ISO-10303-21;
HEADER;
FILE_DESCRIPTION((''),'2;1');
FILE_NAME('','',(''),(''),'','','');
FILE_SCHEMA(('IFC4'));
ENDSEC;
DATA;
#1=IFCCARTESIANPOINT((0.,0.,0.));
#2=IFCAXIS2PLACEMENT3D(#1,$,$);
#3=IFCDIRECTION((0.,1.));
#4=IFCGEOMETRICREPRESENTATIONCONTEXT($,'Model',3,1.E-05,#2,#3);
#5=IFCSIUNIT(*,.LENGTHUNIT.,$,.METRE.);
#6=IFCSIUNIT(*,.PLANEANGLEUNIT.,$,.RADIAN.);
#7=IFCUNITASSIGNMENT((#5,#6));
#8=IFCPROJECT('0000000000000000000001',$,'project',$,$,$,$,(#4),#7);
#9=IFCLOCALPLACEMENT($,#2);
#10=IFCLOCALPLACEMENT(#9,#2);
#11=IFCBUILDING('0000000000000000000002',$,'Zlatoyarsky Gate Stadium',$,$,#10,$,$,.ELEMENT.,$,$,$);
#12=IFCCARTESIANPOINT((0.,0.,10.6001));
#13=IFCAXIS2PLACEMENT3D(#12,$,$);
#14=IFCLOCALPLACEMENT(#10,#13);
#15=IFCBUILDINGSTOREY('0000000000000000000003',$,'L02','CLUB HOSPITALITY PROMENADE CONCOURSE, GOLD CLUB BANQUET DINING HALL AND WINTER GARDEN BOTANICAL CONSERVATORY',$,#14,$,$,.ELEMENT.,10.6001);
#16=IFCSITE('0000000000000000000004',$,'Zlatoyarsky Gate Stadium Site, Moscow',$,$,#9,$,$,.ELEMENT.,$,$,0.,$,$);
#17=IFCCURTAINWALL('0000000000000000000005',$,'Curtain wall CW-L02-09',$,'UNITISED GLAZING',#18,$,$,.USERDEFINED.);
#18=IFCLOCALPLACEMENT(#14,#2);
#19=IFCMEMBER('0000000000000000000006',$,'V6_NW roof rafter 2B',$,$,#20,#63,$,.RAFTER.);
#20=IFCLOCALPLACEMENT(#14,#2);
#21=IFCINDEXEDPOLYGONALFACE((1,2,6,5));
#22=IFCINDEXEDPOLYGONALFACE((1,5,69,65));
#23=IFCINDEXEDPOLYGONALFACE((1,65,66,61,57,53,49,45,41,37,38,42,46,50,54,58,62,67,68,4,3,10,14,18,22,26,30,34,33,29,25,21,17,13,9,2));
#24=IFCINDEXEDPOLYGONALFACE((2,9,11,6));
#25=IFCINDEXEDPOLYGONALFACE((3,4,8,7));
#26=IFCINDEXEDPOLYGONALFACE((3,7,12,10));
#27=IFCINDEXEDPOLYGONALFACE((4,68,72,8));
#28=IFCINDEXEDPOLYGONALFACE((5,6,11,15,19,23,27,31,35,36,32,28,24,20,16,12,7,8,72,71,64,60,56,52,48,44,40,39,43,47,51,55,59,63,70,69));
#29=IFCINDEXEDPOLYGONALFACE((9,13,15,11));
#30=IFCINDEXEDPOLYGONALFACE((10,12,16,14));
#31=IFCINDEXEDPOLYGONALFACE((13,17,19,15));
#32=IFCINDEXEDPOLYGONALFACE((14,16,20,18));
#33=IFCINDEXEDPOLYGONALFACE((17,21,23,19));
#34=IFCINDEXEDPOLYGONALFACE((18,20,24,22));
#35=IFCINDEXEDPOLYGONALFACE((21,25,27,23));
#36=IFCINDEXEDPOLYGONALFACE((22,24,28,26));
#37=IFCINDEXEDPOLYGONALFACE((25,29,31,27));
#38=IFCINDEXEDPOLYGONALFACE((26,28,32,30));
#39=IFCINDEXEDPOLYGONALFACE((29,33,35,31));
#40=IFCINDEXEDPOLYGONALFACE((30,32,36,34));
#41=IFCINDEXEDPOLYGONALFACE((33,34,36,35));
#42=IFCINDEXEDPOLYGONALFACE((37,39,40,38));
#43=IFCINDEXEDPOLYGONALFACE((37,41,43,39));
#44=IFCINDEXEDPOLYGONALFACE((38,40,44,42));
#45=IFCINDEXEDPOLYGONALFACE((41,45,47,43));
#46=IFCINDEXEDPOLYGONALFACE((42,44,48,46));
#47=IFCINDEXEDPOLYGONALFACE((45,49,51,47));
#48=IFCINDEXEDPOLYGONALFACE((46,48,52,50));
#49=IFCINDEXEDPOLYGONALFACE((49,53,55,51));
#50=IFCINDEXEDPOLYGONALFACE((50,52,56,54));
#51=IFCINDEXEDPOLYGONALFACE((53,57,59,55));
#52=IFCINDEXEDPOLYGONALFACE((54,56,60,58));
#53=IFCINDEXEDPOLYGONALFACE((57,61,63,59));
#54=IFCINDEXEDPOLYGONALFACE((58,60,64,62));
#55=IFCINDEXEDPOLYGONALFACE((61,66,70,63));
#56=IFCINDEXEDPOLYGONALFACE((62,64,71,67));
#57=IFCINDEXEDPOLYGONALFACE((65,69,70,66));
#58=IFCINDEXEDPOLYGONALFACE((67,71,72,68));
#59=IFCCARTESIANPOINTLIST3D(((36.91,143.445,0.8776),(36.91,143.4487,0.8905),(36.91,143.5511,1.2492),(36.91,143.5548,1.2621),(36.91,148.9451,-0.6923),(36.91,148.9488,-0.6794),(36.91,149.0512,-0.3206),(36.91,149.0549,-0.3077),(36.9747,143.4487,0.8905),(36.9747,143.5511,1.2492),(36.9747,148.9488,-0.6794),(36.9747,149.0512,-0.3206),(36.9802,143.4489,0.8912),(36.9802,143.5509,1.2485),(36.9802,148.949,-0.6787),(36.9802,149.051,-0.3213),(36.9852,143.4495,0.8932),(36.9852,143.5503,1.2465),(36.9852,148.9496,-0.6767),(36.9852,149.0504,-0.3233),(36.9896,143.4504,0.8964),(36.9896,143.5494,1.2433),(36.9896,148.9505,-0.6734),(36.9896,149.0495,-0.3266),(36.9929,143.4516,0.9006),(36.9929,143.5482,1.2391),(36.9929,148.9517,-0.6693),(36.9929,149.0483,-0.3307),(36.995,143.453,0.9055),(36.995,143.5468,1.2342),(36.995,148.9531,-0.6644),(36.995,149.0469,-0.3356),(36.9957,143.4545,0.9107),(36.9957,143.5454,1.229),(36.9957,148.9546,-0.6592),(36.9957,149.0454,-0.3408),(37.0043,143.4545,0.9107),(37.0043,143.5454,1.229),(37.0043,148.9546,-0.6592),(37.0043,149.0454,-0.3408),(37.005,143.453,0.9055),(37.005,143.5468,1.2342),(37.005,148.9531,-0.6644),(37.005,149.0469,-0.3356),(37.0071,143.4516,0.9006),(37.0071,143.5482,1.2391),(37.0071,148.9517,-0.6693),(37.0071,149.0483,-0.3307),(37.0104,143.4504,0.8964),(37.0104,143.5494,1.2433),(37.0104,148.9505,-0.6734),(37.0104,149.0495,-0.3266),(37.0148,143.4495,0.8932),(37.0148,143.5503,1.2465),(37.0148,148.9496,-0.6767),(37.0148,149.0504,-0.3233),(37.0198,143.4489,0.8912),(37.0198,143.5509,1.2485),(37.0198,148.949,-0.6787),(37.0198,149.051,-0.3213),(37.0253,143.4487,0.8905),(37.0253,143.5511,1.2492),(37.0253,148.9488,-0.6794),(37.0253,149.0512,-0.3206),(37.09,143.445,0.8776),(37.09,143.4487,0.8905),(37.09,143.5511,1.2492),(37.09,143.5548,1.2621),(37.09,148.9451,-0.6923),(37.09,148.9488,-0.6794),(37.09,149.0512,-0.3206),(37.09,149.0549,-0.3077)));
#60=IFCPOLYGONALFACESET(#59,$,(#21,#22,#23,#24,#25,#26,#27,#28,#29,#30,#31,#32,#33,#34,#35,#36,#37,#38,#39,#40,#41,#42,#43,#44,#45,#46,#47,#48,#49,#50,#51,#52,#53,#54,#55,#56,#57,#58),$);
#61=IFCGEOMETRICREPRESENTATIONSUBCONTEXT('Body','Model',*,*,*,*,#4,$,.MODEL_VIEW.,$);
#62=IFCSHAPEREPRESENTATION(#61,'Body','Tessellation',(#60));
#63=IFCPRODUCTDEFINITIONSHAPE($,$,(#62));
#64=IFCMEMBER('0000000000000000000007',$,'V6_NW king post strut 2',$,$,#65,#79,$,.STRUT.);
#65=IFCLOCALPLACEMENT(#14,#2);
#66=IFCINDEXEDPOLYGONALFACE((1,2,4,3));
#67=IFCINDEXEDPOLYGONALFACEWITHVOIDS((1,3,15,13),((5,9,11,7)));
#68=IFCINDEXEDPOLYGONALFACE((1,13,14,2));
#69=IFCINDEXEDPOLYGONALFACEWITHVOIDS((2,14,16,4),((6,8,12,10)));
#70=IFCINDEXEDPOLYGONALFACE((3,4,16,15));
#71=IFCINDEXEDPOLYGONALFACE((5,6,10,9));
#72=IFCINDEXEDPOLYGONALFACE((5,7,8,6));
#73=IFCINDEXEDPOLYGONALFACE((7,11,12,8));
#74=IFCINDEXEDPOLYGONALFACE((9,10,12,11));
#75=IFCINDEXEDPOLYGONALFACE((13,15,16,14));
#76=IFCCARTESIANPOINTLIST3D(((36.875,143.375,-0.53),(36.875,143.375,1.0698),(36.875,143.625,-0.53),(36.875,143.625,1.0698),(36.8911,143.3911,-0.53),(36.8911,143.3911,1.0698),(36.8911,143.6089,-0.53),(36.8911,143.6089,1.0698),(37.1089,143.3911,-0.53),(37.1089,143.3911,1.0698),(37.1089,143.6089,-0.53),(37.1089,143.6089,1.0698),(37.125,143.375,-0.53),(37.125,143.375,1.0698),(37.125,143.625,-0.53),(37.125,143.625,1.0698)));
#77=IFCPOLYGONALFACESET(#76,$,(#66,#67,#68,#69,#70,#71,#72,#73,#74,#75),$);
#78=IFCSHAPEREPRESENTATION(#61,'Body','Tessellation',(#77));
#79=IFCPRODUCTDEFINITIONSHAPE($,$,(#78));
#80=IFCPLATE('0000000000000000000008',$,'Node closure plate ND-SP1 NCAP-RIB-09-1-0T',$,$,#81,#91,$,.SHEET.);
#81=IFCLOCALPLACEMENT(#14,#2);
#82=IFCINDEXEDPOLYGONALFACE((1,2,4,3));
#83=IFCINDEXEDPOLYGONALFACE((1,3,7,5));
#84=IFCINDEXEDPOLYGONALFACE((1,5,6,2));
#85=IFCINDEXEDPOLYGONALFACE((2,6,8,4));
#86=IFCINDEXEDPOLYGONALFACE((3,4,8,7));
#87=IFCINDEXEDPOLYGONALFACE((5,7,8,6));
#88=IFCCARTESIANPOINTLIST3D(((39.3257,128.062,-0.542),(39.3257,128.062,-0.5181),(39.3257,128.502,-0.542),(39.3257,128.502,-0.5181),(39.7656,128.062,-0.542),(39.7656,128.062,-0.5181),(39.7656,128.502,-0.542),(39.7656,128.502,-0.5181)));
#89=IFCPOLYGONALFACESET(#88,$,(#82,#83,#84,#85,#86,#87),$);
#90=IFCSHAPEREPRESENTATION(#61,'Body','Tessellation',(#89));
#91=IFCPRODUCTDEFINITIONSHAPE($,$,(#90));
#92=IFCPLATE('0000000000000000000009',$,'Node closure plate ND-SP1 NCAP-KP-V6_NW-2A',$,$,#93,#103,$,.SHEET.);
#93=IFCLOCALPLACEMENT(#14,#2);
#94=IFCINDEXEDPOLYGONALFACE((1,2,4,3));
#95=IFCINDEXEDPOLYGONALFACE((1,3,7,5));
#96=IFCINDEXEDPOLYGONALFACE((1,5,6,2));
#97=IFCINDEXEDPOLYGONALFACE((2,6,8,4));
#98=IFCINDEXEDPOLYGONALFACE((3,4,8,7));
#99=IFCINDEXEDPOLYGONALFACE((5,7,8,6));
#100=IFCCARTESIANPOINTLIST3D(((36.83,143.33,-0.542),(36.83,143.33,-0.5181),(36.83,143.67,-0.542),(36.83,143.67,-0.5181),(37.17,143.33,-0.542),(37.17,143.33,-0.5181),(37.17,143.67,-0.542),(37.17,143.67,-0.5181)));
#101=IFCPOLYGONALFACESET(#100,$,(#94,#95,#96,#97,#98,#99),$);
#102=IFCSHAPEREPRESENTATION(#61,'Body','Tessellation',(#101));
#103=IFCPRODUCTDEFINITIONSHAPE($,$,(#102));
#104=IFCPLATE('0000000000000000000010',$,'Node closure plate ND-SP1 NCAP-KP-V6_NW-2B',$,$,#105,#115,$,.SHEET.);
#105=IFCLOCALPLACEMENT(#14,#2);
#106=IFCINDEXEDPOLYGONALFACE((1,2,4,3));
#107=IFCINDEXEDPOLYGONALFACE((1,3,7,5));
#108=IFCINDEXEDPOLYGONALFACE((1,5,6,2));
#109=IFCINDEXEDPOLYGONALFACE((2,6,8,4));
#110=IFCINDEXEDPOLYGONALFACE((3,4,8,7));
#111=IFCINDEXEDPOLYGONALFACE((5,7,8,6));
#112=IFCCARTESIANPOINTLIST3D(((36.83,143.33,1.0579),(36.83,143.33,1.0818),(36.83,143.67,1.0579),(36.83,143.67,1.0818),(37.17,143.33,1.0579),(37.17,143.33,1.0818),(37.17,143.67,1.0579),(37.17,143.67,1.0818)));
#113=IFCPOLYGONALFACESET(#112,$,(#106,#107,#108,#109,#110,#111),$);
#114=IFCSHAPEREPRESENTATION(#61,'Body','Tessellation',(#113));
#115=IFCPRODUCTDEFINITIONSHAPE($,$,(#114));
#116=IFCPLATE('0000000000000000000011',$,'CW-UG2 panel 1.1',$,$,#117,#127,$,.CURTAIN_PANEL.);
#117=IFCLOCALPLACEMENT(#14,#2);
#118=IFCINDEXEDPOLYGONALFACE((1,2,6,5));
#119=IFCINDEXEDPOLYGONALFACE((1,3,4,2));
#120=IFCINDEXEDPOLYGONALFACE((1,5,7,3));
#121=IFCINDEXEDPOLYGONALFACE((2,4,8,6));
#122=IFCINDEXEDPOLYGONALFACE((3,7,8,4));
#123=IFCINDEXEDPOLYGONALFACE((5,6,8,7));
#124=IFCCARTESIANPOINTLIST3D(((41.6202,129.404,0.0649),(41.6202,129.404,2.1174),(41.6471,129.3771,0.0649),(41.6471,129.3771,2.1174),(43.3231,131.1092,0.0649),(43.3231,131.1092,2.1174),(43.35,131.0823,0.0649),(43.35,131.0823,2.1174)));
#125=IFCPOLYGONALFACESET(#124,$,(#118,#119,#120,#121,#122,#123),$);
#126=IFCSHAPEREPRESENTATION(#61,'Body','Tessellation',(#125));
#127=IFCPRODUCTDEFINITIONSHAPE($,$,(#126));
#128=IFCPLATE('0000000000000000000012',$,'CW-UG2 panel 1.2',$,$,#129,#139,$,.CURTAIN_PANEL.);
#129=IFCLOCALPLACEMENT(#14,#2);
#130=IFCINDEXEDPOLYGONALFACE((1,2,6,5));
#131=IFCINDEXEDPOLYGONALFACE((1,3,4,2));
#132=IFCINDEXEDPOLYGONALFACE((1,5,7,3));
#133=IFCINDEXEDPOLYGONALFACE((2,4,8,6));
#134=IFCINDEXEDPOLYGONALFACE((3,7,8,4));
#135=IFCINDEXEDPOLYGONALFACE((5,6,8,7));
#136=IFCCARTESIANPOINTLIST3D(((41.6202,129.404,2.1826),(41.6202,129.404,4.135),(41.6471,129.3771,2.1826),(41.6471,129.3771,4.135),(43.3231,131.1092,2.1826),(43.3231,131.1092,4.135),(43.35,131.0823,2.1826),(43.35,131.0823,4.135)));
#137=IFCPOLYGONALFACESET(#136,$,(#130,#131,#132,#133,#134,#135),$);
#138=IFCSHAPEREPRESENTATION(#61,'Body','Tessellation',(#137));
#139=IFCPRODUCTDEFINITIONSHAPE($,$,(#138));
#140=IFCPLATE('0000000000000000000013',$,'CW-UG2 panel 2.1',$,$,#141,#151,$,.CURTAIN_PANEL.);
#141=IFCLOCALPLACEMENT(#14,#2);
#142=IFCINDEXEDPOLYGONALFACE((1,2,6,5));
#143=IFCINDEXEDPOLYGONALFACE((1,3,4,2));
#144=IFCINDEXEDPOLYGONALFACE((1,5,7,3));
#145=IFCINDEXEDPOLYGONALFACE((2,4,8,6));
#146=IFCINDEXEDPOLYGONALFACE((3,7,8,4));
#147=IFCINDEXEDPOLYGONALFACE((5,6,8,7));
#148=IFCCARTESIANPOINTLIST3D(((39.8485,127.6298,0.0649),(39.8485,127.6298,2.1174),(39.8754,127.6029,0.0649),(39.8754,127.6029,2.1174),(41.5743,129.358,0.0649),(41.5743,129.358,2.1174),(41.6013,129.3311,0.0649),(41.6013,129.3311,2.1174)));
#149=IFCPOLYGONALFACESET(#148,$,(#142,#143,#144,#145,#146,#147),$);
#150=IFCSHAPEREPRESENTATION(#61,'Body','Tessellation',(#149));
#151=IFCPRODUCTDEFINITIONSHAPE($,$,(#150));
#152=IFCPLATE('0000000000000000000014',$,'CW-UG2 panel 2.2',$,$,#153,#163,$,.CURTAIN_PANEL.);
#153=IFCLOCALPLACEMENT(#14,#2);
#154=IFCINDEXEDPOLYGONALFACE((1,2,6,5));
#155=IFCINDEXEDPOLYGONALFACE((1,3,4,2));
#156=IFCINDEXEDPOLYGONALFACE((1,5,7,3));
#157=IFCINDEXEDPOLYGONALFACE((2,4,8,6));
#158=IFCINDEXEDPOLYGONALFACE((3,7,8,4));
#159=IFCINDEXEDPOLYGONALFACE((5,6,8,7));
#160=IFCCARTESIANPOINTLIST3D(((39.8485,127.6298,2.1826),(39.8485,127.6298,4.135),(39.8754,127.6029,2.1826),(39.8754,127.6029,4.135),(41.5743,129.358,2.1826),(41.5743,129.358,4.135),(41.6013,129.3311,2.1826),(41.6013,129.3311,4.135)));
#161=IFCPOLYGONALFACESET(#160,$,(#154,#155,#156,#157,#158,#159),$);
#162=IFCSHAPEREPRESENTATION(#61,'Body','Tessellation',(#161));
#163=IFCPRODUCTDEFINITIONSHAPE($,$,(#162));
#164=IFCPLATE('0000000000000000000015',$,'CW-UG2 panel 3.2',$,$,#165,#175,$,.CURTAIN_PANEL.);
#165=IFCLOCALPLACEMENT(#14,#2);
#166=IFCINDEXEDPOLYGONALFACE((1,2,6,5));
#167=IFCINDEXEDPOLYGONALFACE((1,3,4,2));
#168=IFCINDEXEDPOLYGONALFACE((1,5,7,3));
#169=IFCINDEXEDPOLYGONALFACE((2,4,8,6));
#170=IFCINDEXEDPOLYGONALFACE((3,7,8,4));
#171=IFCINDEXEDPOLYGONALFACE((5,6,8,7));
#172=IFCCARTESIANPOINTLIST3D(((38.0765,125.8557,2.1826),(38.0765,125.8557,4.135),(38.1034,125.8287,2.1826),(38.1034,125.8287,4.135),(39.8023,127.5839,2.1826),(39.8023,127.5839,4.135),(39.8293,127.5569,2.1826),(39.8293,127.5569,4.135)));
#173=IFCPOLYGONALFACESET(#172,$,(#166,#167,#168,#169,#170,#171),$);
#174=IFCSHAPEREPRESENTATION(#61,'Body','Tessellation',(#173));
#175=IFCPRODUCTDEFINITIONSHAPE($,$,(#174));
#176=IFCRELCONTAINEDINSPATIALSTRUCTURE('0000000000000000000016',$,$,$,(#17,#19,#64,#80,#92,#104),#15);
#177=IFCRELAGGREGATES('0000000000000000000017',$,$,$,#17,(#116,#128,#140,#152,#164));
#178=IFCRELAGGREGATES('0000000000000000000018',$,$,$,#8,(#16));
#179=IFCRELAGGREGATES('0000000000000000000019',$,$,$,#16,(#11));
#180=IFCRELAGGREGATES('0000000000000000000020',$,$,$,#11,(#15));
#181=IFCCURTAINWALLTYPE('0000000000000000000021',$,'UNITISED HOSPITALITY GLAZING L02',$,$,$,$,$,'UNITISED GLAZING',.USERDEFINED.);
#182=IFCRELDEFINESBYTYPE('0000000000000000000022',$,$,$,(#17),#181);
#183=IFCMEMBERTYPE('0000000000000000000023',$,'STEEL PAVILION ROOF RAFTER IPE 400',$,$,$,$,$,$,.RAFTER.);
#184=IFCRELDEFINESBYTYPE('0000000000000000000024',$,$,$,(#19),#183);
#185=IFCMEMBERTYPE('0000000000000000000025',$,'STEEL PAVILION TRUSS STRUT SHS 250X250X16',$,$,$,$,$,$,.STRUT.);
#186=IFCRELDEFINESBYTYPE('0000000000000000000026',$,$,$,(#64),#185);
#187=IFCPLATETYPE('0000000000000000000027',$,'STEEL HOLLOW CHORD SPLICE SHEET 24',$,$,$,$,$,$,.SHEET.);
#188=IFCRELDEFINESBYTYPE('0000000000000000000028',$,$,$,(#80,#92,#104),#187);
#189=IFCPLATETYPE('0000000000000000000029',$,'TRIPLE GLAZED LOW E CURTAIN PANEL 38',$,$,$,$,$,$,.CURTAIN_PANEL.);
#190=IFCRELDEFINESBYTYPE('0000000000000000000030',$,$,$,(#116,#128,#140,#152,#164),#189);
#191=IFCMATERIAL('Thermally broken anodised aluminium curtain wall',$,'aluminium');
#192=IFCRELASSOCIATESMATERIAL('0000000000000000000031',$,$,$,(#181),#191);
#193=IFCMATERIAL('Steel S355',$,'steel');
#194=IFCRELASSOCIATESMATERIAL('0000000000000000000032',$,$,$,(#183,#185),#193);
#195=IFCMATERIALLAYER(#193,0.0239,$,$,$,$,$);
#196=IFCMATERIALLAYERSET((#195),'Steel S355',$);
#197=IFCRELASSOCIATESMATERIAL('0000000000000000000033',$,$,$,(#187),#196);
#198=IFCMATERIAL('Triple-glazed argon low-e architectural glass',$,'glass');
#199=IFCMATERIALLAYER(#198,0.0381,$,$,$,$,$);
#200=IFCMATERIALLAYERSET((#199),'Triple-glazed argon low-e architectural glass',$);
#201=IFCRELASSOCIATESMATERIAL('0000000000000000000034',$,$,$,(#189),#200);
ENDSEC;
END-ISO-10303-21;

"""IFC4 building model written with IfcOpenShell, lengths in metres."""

from ifc_helpers import new_model, si_unit, direction, frame, origin, origin_2d, place, context, subcontext, project, spatial, rectangle, hollow_rectangle, i_section, extrude, material, layer, layer_set, material_profile, profile_set, type_object, element, aggregate, save


model = new_model("IFC4")

# Units and contexts
model_context = context("Model", 3, precision=1e-05, world=origin(), true_north=direction((0.0, 1.0)))
body_context = subcontext(model_context, "Body", "Model", "MODEL_VIEW")
ifc_project = project(units=[si_unit("LENGTHUNIT", "METRE"), si_unit("PLANEANGLEUNIT", "RADIAN")], contexts=[model_context])

# Site, building, storey
site_placement = place(None, origin())
site = spatial("IfcSite", under=ifc_project, at=site_placement, Name="Zlatoyarsky Gate Stadium Site, Moscow", CompositionType="ELEMENT", RefElevation=0.0)
building_placement = place(site_placement, origin())
building = spatial("IfcBuilding", under=site, at=building_placement, Name="Zlatoyarsky Gate Stadium", CompositionType="ELEMENT")
storey_placement = place(building_placement, frame((0.0, 0.0, 10.6001)))
storey = spatial("IfcBuildingStorey", under=building, at=storey_placement, Name="L02", Description="CLUB HOSPITALITY PROMENADE CONCOURSE, GOLD CLUB BANQUET DINING HALL AND WINTER GARDEN BOTANICAL CONSERVATORY", CompositionType="ELEMENT", Elevation=10.6001)

# Curtain wall
ifc_material_1 = material(Name="Thermally broken anodised aluminium curtain wall", Category="aluminium")
curtain_wall_type = type_object("IfcCurtainWallType", Name="UNITISED HOSPITALITY GLAZING L02", ElementType="UNITISED GLAZING", PredefinedType="USERDEFINED", material=ifc_material_1)
curtain_wall_placement = place(storey_placement, origin())
curtain_wall = element("IfcCurtainWall", 1, at=curtain_wall_placement, inside=storey, type_object=curtain_wall_type, Name="Curtain wall CW-L02-09", ObjectType="UNITISED GLAZING", PredefinedType="USERDEFINED")

# Shared definitions
ifc_material_2 = material(Name="Steel S355", Category="steel")

# Members
ifc_material_profile_1 = material_profile(ifc_material_2, i_section(OverallWidth=0.1799, OverallDepth=0.3999, WebThickness=0.0085, FlangeThickness=0.0134, FilletRadius=0.021, at=origin_2d()), Name="IPE 400")
ifc_profile_set_1 = profile_set([ifc_material_profile_1], Name="Steel S355")
member_type_1 = type_object("IfcMemberType", Name="STEEL PAVILION ROOF RAFTER IPE 400", PredefinedType="RAFTER", material=ifc_profile_set_1)
for number, where, z_axis, x_axis, name in (
    (2, (37.0, 149.0, -0.5), (0.0, -0.961598, 0.274462), (1.0, 0.0, 0.0), "V6_NW roof rafter 2B"),
):
    element("IfcMember", number, at=place(storey_placement, frame(where, z_axis=z_axis, x_axis=x_axis)), inside=storey, type_object=member_type_1, Name=name, PredefinedType="RAFTER", context=body_context, shape_type="SweptSolid", body=[
        extrude(i_section(OverallWidth=0.1799, OverallDepth=0.3999, WebThickness=0.0085, FlangeThickness=0.0134, FilletRadius=0.021, at=origin_2d()), origin(), (0.0, 0.0, 1.0), 5.7197),
    ])
ifc_material_profile_2 = material_profile(ifc_material_2, hollow_rectangle(XDim=0.25, YDim=0.25, WallThickness=0.0161, at=origin_2d()), Name="SHS 250X250X16")
ifc_profile_set_2 = profile_set([ifc_material_profile_2], Name="Steel S355")
member_type_2 = type_object("IfcMemberType", Name="STEEL PAVILION TRUSS STRUT SHS 250X250X16", PredefinedType="STRUT", material=ifc_profile_set_2)
member_1_placement = place(storey_placement, frame((37.0, 143.5, -0.53), z_axis=(0.0, 0.0, 1.0), x_axis=(1.0, 0.0, 0.0)))
element("IfcMember", 3, at=member_1_placement, inside=storey, type_object=member_type_2, Name="V6_NW king post strut 2", PredefinedType="STRUT", context=body_context, shape_type="SweptSolid", body=[
    extrude(hollow_rectangle(XDim=0.25, YDim=0.25, WallThickness=0.0161, at=origin_2d()), origin(), (0.0, 0.0, 1.0), 1.5999),
])

# Plates
ifc_layer_1 = layer(ifc_material_2, 0.0239)
ifc_layer_set_1 = layer_set([ifc_layer_1], Name="Steel S355")
plate_type_1 = type_object("IfcPlateType", Name="STEEL HOLLOW CHORD SPLICE SHEET 24", PredefinedType="SHEET", material=ifc_layer_set_1)
plate_1_placement = place(storey_placement, frame((39.5457, 128.282, -0.542), z_axis=(0.0, 0.0, 1.0), x_axis=(1.0, 0.0, 0.0)))
element("IfcPlate", 4, at=plate_1_placement, inside=storey, type_object=plate_type_1, Name="Node closure plate ND-SP1 NCAP-RIB-09-1-0T", PredefinedType="SHEET", context=body_context, shape_type="SweptSolid", body=[
    extrude(rectangle(XDim=0.4399, YDim=0.4399, at=origin_2d()), origin(), (0.0, 0.0, 1.0), 0.0239),
])
for number, where, z_axis, x_axis, name in (
    (5, (37.0, 143.5, -0.542), (0.0, 0.0, 1.0), (1.0, 0.0, 0.0), "Node closure plate ND-SP1 NCAP-KP-V6_NW-2A"),
    (6, (37.0, 143.5, 1.0579), (0.0, 0.0, 1.0), (1.0, 0.0, 0.0), "Node closure plate ND-SP1 NCAP-KP-V6_NW-2B"),
):
    element("IfcPlate", number, at=place(storey_placement, frame(where, z_axis=z_axis, x_axis=x_axis)), inside=storey, type_object=plate_type_1, Name=name, PredefinedType="SHEET", context=body_context, shape_type="SweptSolid", body=[
        extrude(rectangle(XDim=0.3401, YDim=0.3401, at=origin_2d()), origin(), (0.0, 0.0, 1.0), 0.0239),
    ])

# Plates
ifc_material_3 = material(Name="Triple-glazed argon low-e architectural glass", Category="glass")
ifc_layer_2 = layer(ifc_material_3, 0.0381)
ifc_layer_set_2 = layer_set([ifc_layer_2], Name="Triple-glazed argon low-e architectural glass")
plate_type_2 = type_object("IfcPlateType", Name="TRIPLE GLAZED LOW E CURTAIN PANEL 38", PredefinedType="CURTAIN_PANEL", material=ifc_layer_set_2)
plate_2_placement = place(storey_placement, frame((42.4851, 130.2432, 0.0649), z_axis=(0.0, 0.0, 1.0), x_axis=(-0.706626, -0.707588, 0.0)))
plate_2 = element("IfcPlate", 7, at=plate_2_placement, type_object=plate_type_2, Name="CW-UG2 panel 1.1", PredefinedType="CURTAIN_PANEL", context=body_context, shape_type="SweptSolid", body=[
    extrude(rectangle(XDim=2.4099, YDim=0.0381, at=origin_2d()), origin(), (0.0, 0.0, 1.0), 2.0525),
])
plate_3_placement = place(storey_placement, frame((42.4851, 130.2432, 2.1826), z_axis=(0.0, 0.0, 1.0), x_axis=(-0.706626, -0.707588, 0.0)))
plate_3 = element("IfcPlate", 8, at=plate_3_placement, type_object=plate_type_2, Name="CW-UG2 panel 1.2", PredefinedType="CURTAIN_PANEL", context=body_context, shape_type="SweptSolid", body=[
    extrude(rectangle(XDim=2.4099, YDim=0.0381, at=origin_2d()), origin(), (0.0, 0.0, 1.0), 1.9524),
])
plate_4_placement = place(storey_placement, frame((40.7249, 128.4805, 0.0649), z_axis=(0.0, 0.0, 1.0), x_axis=(-0.706626, -0.707588, 0.0)))
plate_4 = element("IfcPlate", 9, at=plate_4_placement, type_object=plate_type_2, Name="CW-UG2 panel 2.1", PredefinedType="CURTAIN_PANEL", context=body_context, shape_type="SweptSolid", body=[
    extrude(rectangle(XDim=2.4424, YDim=0.0381, at=origin_2d()), origin(), (0.0, 0.0, 1.0), 2.0525),
])
plate_5_placement = place(storey_placement, frame((40.7249, 128.4805, 2.1826), z_axis=(0.0, 0.0, 1.0), x_axis=(-0.706626, -0.707588, 0.0)))
plate_5 = element("IfcPlate", 10, at=plate_5_placement, type_object=plate_type_2, Name="CW-UG2 panel 2.2", PredefinedType="CURTAIN_PANEL", context=body_context, shape_type="SweptSolid", body=[
    extrude(rectangle(XDim=2.4424, YDim=0.0381, at=origin_2d()), origin(), (0.0, 0.0, 1.0), 1.9524),
])
plate_6_placement = place(storey_placement, frame((38.9529, 126.7063, 2.1826), z_axis=(0.0, 0.0, 1.0), x_axis=(-0.706626, -0.707588, 0.0)))
plate_6 = element("IfcPlate", 11, at=plate_6_placement, type_object=plate_type_2, Name="CW-UG2 panel 3.2", PredefinedType="CURTAIN_PANEL", context=body_context, shape_type="SweptSolid", body=[
    extrude(rectangle(XDim=2.4424, YDim=0.0381, at=origin_2d()), origin(), (0.0, 0.0, 1.0), 1.9524),
])
aggregate(curtain_wall, [plate_2, plate_3, plate_4, plate_5, plate_6])

save(model, "model.ifc")
